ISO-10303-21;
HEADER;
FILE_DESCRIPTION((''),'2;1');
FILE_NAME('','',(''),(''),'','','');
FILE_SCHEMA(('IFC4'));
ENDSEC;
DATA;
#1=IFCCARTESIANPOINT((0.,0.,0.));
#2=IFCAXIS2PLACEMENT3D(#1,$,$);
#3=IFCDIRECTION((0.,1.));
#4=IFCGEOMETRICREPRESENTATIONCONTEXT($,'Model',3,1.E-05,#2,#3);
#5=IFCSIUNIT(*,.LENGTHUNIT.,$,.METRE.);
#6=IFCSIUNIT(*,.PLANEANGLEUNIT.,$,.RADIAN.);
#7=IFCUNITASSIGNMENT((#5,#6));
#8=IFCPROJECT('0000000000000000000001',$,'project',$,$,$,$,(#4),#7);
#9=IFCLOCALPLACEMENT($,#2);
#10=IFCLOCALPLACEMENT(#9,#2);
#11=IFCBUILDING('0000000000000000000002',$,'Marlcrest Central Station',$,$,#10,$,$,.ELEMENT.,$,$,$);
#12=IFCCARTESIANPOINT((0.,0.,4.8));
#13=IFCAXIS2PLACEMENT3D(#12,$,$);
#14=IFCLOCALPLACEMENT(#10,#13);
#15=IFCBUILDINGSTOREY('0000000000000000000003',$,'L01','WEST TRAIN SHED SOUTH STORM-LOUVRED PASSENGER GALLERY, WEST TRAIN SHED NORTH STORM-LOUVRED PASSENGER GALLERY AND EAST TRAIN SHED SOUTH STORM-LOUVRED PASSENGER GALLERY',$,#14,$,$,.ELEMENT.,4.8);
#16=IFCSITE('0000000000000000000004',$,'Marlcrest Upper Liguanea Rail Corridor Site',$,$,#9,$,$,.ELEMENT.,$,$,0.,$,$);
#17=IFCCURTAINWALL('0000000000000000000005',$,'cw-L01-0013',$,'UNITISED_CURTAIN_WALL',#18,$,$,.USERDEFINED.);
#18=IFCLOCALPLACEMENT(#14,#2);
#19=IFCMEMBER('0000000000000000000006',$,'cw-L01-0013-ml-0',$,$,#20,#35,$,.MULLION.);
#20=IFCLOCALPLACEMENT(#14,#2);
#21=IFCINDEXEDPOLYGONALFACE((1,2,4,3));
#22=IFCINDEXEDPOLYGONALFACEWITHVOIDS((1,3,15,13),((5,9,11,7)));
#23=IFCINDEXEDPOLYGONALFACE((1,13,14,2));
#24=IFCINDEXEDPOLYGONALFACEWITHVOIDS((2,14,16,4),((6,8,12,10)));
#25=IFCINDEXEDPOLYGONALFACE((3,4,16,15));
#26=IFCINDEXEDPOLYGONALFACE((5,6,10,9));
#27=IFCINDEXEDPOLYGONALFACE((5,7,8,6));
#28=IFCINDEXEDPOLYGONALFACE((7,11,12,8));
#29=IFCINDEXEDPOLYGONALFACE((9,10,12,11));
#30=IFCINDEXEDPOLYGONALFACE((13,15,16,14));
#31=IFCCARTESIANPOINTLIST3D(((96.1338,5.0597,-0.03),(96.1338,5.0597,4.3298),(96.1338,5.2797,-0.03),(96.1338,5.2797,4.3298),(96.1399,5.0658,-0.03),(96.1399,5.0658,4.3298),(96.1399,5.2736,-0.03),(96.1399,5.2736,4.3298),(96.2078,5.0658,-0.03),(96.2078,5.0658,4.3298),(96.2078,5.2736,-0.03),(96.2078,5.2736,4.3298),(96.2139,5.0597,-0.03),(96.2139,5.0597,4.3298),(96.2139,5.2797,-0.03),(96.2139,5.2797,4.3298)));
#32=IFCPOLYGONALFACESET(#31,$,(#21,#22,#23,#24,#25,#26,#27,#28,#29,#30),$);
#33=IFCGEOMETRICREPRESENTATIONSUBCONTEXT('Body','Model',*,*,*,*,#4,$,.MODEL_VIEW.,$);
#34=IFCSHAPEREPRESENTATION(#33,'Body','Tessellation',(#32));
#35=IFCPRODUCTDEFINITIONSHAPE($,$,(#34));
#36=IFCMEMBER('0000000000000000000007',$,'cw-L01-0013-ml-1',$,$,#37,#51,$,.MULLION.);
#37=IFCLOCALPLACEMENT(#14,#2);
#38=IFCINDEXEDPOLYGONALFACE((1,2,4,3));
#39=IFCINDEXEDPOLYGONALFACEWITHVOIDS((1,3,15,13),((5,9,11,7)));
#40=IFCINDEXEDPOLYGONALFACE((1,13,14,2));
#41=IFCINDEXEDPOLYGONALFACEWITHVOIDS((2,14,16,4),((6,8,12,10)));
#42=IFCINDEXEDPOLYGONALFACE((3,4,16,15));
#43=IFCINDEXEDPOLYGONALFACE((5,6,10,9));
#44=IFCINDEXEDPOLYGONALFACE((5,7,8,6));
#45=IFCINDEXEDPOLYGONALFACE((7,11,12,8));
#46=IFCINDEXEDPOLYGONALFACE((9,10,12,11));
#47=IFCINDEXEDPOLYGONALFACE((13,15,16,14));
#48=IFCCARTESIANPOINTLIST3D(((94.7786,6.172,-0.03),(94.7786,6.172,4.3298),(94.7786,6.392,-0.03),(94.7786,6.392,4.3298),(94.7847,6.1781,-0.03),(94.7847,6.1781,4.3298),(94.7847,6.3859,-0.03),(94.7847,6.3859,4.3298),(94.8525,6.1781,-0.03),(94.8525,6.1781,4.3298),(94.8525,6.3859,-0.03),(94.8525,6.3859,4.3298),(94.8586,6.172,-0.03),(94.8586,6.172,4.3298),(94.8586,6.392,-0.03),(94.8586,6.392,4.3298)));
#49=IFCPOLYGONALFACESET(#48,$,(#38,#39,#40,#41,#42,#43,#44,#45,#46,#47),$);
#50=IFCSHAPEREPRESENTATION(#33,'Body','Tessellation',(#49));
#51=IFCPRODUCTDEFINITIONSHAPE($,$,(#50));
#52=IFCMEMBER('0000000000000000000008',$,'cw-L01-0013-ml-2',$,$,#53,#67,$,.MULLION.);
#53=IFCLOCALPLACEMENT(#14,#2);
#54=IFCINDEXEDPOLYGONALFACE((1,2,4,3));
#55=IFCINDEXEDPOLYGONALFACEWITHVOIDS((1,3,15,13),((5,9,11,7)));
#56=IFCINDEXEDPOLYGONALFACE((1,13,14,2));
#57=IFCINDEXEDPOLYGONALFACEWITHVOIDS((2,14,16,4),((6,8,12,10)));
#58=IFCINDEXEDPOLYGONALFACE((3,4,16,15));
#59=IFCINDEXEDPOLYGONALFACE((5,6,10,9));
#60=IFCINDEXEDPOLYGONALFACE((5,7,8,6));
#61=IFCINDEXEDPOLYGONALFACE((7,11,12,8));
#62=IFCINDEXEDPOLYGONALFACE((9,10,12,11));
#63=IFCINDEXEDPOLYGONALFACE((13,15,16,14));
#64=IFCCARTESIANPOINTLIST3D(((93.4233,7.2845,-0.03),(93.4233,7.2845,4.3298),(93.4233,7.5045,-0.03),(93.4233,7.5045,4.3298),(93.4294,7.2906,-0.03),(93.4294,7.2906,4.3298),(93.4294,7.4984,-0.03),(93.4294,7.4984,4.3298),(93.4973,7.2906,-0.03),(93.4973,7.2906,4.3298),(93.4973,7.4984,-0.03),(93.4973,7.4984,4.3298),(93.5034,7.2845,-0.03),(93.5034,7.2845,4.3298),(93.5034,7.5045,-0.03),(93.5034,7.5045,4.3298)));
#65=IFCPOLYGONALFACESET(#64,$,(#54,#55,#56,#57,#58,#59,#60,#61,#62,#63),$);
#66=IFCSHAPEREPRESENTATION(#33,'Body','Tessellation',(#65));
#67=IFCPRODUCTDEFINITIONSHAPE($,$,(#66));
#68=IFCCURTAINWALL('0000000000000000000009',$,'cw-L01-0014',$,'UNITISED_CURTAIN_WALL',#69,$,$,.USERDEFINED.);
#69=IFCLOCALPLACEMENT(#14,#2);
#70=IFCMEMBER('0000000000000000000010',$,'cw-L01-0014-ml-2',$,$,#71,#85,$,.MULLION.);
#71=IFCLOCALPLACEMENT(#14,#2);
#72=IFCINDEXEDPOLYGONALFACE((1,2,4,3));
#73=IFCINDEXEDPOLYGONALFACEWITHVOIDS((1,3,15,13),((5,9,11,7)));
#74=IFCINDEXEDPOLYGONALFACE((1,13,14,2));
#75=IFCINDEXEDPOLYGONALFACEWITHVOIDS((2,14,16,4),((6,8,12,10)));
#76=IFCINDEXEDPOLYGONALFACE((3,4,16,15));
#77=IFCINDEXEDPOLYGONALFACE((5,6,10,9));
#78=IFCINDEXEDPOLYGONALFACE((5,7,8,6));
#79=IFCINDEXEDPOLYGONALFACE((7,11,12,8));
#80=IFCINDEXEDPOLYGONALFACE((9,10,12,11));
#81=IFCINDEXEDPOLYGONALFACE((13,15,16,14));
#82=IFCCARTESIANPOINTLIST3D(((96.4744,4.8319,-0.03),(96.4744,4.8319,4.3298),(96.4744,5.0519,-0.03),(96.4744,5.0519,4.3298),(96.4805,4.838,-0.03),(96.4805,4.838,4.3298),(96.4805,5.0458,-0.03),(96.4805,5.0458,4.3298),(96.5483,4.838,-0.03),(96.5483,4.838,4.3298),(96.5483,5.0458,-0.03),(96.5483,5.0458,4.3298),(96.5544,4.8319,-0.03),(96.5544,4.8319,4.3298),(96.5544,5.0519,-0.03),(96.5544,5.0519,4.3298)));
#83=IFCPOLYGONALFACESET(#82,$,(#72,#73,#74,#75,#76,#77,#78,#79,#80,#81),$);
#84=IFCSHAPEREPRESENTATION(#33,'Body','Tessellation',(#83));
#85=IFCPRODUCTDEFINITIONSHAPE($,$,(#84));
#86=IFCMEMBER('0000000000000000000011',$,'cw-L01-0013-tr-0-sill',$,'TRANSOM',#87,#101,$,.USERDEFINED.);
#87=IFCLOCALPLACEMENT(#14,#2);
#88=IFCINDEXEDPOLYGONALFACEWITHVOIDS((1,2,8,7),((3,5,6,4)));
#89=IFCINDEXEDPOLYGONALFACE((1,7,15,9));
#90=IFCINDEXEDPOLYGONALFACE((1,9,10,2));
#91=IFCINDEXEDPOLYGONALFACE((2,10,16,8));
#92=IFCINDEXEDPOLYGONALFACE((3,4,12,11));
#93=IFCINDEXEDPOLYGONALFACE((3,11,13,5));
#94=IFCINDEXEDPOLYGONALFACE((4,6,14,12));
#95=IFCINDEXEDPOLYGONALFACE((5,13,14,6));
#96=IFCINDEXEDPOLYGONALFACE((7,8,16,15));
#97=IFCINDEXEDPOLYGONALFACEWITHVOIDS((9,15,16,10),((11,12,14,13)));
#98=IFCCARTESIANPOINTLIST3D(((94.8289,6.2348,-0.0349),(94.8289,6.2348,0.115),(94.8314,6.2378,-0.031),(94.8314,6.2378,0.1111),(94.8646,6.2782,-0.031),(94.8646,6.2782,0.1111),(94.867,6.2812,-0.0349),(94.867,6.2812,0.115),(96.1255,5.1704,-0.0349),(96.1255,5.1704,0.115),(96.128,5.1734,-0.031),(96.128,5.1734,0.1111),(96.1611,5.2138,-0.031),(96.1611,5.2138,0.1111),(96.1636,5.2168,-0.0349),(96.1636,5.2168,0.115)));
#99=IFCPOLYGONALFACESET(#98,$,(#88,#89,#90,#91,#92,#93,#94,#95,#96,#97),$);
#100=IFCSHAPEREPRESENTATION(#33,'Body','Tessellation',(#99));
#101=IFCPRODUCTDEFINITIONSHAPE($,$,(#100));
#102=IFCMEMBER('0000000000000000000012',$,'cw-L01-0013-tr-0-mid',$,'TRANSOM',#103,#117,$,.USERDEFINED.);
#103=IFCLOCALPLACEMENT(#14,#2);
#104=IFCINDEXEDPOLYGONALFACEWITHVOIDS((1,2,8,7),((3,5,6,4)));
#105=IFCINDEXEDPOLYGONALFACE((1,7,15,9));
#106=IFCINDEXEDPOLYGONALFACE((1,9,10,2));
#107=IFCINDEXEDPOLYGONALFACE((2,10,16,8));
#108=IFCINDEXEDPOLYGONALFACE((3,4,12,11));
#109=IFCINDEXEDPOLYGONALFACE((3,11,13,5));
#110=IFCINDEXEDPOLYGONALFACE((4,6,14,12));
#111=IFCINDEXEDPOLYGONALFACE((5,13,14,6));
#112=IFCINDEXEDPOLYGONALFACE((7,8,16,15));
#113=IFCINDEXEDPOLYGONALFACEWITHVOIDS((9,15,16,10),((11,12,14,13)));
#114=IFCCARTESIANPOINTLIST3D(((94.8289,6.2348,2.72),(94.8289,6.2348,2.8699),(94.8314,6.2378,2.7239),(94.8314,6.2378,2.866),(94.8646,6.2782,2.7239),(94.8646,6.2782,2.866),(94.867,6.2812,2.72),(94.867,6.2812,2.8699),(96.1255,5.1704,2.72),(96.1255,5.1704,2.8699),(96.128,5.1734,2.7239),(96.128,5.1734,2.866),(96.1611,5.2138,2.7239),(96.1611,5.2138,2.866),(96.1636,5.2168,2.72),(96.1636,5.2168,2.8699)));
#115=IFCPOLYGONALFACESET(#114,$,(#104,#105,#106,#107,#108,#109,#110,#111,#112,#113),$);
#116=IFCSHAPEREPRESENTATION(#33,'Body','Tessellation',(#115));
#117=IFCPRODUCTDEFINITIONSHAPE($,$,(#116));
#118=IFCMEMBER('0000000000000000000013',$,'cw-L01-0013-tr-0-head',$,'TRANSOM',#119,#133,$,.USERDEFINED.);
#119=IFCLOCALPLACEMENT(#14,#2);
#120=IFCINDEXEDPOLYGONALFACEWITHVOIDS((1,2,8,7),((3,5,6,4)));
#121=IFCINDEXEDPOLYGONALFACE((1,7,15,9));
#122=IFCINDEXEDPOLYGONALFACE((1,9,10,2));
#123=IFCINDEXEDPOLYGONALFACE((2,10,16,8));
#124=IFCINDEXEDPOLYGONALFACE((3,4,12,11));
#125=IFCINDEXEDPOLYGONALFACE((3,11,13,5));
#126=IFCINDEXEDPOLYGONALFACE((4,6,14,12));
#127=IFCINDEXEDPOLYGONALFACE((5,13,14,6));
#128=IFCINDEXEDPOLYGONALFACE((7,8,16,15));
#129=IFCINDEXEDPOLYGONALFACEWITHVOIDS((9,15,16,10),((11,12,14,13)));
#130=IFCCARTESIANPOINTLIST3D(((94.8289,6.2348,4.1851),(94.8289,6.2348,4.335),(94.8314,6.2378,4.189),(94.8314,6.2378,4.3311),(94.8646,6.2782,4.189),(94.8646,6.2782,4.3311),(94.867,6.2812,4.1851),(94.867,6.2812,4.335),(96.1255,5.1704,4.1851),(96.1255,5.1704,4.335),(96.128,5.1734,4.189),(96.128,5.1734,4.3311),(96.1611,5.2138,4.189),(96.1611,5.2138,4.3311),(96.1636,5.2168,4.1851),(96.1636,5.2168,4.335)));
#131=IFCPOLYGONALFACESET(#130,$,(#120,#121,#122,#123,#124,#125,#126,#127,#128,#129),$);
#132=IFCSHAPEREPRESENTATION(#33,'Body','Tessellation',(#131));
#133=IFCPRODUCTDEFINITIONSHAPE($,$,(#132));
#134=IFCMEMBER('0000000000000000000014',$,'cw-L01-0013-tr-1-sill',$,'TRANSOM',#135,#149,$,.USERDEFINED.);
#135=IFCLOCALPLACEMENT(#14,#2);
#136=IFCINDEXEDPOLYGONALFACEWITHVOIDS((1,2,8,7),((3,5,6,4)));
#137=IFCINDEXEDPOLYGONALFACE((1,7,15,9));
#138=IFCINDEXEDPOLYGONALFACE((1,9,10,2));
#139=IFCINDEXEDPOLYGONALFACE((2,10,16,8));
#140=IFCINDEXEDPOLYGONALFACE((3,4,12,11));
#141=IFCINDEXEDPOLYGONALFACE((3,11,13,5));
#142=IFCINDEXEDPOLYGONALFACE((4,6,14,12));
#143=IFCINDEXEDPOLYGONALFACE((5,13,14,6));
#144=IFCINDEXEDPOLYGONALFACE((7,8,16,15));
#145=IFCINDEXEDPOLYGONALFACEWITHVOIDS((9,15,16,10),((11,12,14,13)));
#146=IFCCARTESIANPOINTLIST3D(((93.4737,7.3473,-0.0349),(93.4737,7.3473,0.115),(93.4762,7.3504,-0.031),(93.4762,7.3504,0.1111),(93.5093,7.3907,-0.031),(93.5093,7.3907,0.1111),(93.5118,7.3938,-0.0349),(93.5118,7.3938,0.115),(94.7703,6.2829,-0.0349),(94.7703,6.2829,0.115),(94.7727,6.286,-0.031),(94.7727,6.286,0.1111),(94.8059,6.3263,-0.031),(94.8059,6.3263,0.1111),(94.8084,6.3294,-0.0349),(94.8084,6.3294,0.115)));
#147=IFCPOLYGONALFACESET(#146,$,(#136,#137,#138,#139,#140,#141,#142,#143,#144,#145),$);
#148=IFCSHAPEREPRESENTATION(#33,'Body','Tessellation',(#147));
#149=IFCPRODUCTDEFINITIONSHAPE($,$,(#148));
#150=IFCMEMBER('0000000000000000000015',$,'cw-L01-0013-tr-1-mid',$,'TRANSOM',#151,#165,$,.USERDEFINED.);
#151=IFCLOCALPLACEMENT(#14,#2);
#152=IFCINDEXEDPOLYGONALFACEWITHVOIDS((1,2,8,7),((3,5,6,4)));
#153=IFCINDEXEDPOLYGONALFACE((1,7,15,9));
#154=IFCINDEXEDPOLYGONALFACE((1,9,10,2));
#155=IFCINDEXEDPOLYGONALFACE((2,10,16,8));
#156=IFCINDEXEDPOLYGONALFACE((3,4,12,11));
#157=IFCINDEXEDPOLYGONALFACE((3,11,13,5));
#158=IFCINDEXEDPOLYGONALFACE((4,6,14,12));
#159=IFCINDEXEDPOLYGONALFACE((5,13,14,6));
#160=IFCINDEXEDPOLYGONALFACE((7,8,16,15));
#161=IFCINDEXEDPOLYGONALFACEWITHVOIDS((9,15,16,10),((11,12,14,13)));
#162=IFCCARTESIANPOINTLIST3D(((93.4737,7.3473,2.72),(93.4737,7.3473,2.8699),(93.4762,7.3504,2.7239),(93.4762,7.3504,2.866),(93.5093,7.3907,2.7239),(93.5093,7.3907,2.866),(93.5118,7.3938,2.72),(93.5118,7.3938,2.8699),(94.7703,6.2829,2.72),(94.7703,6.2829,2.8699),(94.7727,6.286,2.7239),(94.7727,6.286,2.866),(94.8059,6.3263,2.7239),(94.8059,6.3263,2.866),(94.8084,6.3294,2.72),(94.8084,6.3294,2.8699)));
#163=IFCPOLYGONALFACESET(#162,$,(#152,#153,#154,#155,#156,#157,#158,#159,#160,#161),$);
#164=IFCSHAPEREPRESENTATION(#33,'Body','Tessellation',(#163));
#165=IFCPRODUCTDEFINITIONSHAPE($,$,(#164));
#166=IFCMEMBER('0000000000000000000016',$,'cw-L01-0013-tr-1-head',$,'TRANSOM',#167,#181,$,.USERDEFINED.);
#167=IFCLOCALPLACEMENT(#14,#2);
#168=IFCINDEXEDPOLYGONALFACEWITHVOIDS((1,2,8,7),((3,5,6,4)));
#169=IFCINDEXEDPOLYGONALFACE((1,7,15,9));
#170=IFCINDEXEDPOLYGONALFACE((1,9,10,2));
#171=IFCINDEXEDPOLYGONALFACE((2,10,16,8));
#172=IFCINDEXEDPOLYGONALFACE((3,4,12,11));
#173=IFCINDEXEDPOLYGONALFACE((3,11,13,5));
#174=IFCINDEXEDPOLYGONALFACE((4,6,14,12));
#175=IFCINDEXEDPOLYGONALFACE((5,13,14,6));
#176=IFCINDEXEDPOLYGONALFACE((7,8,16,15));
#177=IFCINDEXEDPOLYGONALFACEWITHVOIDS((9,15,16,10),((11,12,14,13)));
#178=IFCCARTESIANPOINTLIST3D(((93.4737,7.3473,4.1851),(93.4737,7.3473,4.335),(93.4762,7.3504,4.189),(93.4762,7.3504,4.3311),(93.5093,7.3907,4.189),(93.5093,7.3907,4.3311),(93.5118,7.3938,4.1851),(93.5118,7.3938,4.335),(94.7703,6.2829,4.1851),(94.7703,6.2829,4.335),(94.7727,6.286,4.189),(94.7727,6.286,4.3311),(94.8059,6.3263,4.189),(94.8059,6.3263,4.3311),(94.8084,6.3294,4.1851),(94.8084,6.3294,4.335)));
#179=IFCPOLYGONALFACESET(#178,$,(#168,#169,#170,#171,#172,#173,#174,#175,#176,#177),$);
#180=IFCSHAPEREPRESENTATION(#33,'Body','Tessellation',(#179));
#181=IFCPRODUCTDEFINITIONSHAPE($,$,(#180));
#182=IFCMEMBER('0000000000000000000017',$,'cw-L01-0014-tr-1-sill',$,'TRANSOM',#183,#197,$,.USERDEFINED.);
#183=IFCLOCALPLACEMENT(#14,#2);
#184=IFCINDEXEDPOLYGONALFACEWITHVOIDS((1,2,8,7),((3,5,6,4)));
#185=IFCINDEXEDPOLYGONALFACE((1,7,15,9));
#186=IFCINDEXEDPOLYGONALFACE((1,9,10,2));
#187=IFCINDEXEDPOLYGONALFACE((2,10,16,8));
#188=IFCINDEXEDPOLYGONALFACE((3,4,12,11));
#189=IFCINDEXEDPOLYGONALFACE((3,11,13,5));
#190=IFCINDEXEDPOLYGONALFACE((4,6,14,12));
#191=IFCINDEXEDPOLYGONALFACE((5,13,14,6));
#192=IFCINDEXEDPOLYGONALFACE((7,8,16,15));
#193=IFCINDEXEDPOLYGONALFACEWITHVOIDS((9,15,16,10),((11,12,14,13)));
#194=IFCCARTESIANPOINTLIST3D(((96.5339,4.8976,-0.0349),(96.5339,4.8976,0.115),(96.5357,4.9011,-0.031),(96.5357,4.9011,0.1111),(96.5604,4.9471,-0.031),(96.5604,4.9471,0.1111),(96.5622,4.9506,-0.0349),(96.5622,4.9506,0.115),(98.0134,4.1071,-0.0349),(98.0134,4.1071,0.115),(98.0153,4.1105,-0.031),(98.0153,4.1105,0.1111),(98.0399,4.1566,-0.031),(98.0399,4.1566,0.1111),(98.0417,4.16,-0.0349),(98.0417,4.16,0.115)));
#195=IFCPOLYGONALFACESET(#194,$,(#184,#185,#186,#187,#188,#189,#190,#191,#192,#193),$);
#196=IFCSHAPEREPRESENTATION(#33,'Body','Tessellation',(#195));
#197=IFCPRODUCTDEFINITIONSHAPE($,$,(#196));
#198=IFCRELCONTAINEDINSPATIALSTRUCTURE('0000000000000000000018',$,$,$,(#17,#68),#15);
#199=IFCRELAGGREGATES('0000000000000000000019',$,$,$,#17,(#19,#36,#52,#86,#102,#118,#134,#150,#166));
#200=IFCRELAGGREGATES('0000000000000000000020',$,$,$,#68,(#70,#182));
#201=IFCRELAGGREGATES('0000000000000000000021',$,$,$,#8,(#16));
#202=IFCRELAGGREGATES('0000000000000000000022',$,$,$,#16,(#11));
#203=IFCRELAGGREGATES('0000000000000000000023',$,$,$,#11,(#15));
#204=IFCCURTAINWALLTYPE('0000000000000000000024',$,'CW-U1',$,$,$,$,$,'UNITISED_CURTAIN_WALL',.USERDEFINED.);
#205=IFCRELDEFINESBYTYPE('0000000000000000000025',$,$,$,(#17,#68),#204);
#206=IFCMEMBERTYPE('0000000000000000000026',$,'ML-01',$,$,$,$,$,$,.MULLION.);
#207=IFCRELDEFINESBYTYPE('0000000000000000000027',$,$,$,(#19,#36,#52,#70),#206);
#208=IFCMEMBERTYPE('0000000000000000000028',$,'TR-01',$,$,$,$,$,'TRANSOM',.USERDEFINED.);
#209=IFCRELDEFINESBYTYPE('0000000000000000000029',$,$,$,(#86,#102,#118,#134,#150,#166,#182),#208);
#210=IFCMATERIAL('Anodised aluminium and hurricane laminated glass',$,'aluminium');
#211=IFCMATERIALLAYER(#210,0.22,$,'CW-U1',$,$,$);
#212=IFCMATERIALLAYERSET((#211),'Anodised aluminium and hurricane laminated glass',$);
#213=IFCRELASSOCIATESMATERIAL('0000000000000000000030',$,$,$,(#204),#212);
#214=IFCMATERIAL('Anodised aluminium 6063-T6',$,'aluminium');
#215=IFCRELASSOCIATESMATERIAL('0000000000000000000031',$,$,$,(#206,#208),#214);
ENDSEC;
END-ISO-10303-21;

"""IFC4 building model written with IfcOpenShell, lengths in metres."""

from ifc_helpers import new_model, si_unit, direction, frame, origin, origin_2d, place, context, subcontext, project, spatial, hollow_rectangle, extrude, material, layer, layer_set, material_profile, profile_set, type_object, element, aggregate, save


model = new_model("IFC4")

# Units and contexts
model_context = context("Model", 3, precision=1e-05, world=origin(), true_north=direction((0.0, 1.0)))
body_context = subcontext(model_context, "Body", "Model", "MODEL_VIEW")
ifc_project = project(units=[si_unit("LENGTHUNIT", "METRE"), si_unit("PLANEANGLEUNIT", "RADIAN")], contexts=[model_context])

# Site, building, storey
site_placement = place(None, origin())
site = spatial("IfcSite", under=ifc_project, at=site_placement, Name="Marlcrest Upper Liguanea Rail Corridor Site", CompositionType="ELEMENT", RefElevation=0.0)
building_placement = place(site_placement, origin())
building = spatial("IfcBuilding", under=site, at=building_placement, Name="Marlcrest Central Station", CompositionType="ELEMENT")
storey_placement = place(building_placement, frame((0.0, 0.0, 4.8)))
storey = spatial("IfcBuildingStorey", under=building, at=storey_placement, Name="L01", Description="WEST TRAIN SHED SOUTH STORM-LOUVRED PASSENGER GALLERY, WEST TRAIN SHED NORTH STORM-LOUVRED PASSENGER GALLERY AND EAST TRAIN SHED SOUTH STORM-LOUVRED PASSENGER GALLERY", CompositionType="ELEMENT", Elevation=4.8)

# Curtain wall, members
ifc_material_1 = material(Name="Anodised aluminium and hurricane laminated glass", Category="aluminium")
ifc_layer_1 = layer(ifc_material_1, 0.22, Name="CW-U1")
ifc_layer_set_1 = layer_set([ifc_layer_1], Name="Anodised aluminium and hurricane laminated glass")
curtain_wall_type = type_object("IfcCurtainWallType", Name="CW-U1", ElementType="UNITISED_CURTAIN_WALL", PredefinedType="USERDEFINED", material=ifc_layer_set_1)
curtain_wall_1_placement = place(storey_placement, origin())
curtain_wall_1 = element("IfcCurtainWall", 1, at=curtain_wall_1_placement, inside=storey, type_object=curtain_wall_type, Name="cw-L01-0013", ObjectType="UNITISED_CURTAIN_WALL", PredefinedType="USERDEFINED")
ifc_material_2 = material(Name="Anodised aluminium 6063-T6", Category="aluminium")
ifc_material_profile_1 = material_profile(ifc_material_2, hollow_rectangle(XDim=0.0801, YDim=0.22, WallThickness=0.0061, at=origin_2d()), Name="AA-RHS 220x80x6")
ifc_profile_set_1 = profile_set([ifc_material_profile_1], Name="Anodised aluminium 6063-T6")
member_type_1 = type_object("IfcMemberType", Name="ML-01", PredefinedType="MULLION", material=ifc_profile_set_1)
member_1_placement = place(storey_placement, frame((96.1738, 5.1697, -0.03), z_axis=(0.0, 0.0, 1.0), x_axis=(1.0, 0.0, 0.0)))
member_1 = element("IfcMember", 2, at=member_1_placement, type_object=member_type_1, Name="cw-L01-0013-ml-0", PredefinedType="MULLION", context=body_context, shape_type="SweptSolid", body=[
    extrude(hollow_rectangle(XDim=0.0801, YDim=0.22, WallThickness=0.0061, at=origin_2d()), origin(), (0.0, 0.0, 1.0), 4.3599),
])
member_2_placement = place(storey_placement, frame((94.8186, 6.282, -0.03), z_axis=(0.0, 0.0, 1.0), x_axis=(1.0, 0.0, 0.0)))
member_2 = element("IfcMember", 3, at=member_2_placement, type_object=member_type_1, Name="cw-L01-0013-ml-1", PredefinedType="MULLION", context=body_context, shape_type="SweptSolid", body=[
    extrude(hollow_rectangle(XDim=0.0801, YDim=0.22, WallThickness=0.0061, at=origin_2d()), origin(), (0.0, 0.0, 1.0), 4.3599),
])
member_3_placement = place(storey_placement, frame((93.4634, 7.3945, -0.03), z_axis=(0.0, 0.0, 1.0), x_axis=(1.0, 0.0, 0.0)))
member_3 = element("IfcMember", 4, at=member_3_placement, type_object=member_type_1, Name="cw-L01-0013-ml-2", PredefinedType="MULLION", context=body_context, shape_type="SweptSolid", body=[
    extrude(hollow_rectangle(XDim=0.0801, YDim=0.22, WallThickness=0.0061, at=origin_2d()), origin(), (0.0, 0.0, 1.0), 4.3599),
])

# Curtain wall, member
curtain_wall_2_placement = place(storey_placement, origin())
curtain_wall_2 = element("IfcCurtainWall", 5, at=curtain_wall_2_placement, inside=storey, type_object=curtain_wall_type, Name="cw-L01-0014", ObjectType="UNITISED_CURTAIN_WALL", PredefinedType="USERDEFINED")
member_4_placement = place(storey_placement, frame((96.5144, 4.9419, -0.03), z_axis=(0.0, 0.0, 1.0), x_axis=(1.0, 0.0, 0.0)))
member_4 = element("IfcMember", 6, at=member_4_placement, type_object=member_type_1, Name="cw-L01-0014-ml-2", PredefinedType="MULLION", context=body_context, shape_type="SweptSolid", body=[
    extrude(hollow_rectangle(XDim=0.0801, YDim=0.22, WallThickness=0.0061, at=origin_2d()), origin(), (0.0, 0.0, 1.0), 4.3599),
])

# Members
ifc_material_profile_2 = material_profile(ifc_material_2, hollow_rectangle(XDim=0.0601, YDim=0.1499, WallThickness=0.0039, at=origin_2d()), Name="AA-RHS 150x60x4")
ifc_profile_set_2 = profile_set([ifc_material_profile_2], Name="Anodised aluminium 6063-T6")
member_type_2 = type_object("IfcMemberType", Name="TR-01", ElementType="TRANSOM", PredefinedType="USERDEFINED", material=ifc_profile_set_2)
member_5_placement = place(storey_placement, frame((96.1445, 5.1936, 0.04), z_axis=(-0.772912, 0.634513, 0.0), x_axis=(-0.634513, -0.772912, 0.0)))
member_5 = element("IfcMember", 7, at=member_5_placement, type_object=member_type_2, Name="cw-L01-0013-tr-0-sill", ObjectType="TRANSOM", PredefinedType="USERDEFINED", context=body_context, shape_type="SweptSolid", body=[
    extrude(hollow_rectangle(XDim=0.0601, YDim=0.1499, WallThickness=0.0039, at=origin_2d()), origin(), (0.0, 0.0, 1.0), 1.6775),
])
member_6_placement = place(storey_placement, frame((96.1445, 5.1936, 2.7949), z_axis=(-0.772912, 0.634513, 0.0), x_axis=(-0.634513, -0.772912, 0.0)))
member_6 = element("IfcMember", 8, at=member_6_placement, type_object=member_type_2, Name="cw-L01-0013-tr-0-mid", ObjectType="TRANSOM", PredefinedType="USERDEFINED", context=body_context, shape_type="SweptSolid", body=[
    extrude(hollow_rectangle(XDim=0.0601, YDim=0.1499, WallThickness=0.0039, at=origin_2d()), origin(), (0.0, 0.0, 1.0), 1.6775),
])
member_7_placement = place(storey_placement, frame((96.1445, 5.1936, 4.26), z_axis=(-0.772912, 0.634513, 0.0), x_axis=(-0.634513, -0.772912, 0.0)))
member_7 = element("IfcMember", 9, at=member_7_placement, type_object=member_type_2, Name="cw-L01-0013-tr-0-head", ObjectType="TRANSOM", PredefinedType="USERDEFINED", context=body_context, shape_type="SweptSolid", body=[
    extrude(hollow_rectangle(XDim=0.0601, YDim=0.1499, WallThickness=0.0039, at=origin_2d()), origin(), (0.0, 0.0, 1.0), 1.6775),
])
member_8_placement = place(storey_placement, frame((94.7893, 6.3062, 0.04), z_axis=(-0.772912, 0.634513, 0.0), x_axis=(-0.634513, -0.772912, 0.0)))
member_8 = element("IfcMember", 10, at=member_8_placement, type_object=member_type_2, Name="cw-L01-0013-tr-1-sill", ObjectType="TRANSOM", PredefinedType="USERDEFINED", context=body_context, shape_type="SweptSolid", body=[
    extrude(hollow_rectangle(XDim=0.0601, YDim=0.1499, WallThickness=0.0039, at=origin_2d()), origin(), (0.0, 0.0, 1.0), 1.6775),
])
member_9_placement = place(storey_placement, frame((94.7893, 6.3062, 2.7949), z_axis=(-0.772912, 0.634513, 0.0), x_axis=(-0.634513, -0.772912, 0.0)))
member_9 = element("IfcMember", 11, at=member_9_placement, type_object=member_type_2, Name="cw-L01-0013-tr-1-mid", ObjectType="TRANSOM", PredefinedType="USERDEFINED", context=body_context, shape_type="SweptSolid", body=[
    extrude(hollow_rectangle(XDim=0.0601, YDim=0.1499, WallThickness=0.0039, at=origin_2d()), origin(), (0.0, 0.0, 1.0), 1.6775),
])
member_10_placement = place(storey_placement, frame((94.7893, 6.3062, 4.26), z_axis=(-0.772912, 0.634513, 0.0), x_axis=(-0.634513, -0.772912, 0.0)))
member_10 = element("IfcMember", 12, at=member_10_placement, type_object=member_type_2, Name="cw-L01-0013-tr-1-head", ObjectType="TRANSOM", PredefinedType="USERDEFINED", context=body_context, shape_type="SweptSolid", body=[
    extrude(hollow_rectangle(XDim=0.0601, YDim=0.1499, WallThickness=0.0039, at=origin_2d()), origin(), (0.0, 0.0, 1.0), 1.6775),
])
member_11_placement = place(storey_placement, frame((98.0276, 4.1335, 0.04), z_axis=(-0.88199, 0.471268, 0.0), x_axis=(-0.471268, -0.88199, 0.0)))
member_11 = element("IfcMember", 13, at=member_11_placement, type_object=member_type_2, Name="cw-L01-0014-tr-1-sill", ObjectType="TRANSOM", PredefinedType="USERDEFINED", context=body_context, shape_type="SweptSolid", body=[
    extrude(hollow_rectangle(XDim=0.0601, YDim=0.1499, WallThickness=0.0039, at=origin_2d()), origin(), (0.0, 0.0, 1.0), 1.6775),
])

aggregate(curtain_wall_1, [member_1, member_2, member_3, member_5, member_6, member_7, member_8, member_9, member_10])
aggregate(curtain_wall_2, [member_4, member_11])

save(model, "model.ifc")
